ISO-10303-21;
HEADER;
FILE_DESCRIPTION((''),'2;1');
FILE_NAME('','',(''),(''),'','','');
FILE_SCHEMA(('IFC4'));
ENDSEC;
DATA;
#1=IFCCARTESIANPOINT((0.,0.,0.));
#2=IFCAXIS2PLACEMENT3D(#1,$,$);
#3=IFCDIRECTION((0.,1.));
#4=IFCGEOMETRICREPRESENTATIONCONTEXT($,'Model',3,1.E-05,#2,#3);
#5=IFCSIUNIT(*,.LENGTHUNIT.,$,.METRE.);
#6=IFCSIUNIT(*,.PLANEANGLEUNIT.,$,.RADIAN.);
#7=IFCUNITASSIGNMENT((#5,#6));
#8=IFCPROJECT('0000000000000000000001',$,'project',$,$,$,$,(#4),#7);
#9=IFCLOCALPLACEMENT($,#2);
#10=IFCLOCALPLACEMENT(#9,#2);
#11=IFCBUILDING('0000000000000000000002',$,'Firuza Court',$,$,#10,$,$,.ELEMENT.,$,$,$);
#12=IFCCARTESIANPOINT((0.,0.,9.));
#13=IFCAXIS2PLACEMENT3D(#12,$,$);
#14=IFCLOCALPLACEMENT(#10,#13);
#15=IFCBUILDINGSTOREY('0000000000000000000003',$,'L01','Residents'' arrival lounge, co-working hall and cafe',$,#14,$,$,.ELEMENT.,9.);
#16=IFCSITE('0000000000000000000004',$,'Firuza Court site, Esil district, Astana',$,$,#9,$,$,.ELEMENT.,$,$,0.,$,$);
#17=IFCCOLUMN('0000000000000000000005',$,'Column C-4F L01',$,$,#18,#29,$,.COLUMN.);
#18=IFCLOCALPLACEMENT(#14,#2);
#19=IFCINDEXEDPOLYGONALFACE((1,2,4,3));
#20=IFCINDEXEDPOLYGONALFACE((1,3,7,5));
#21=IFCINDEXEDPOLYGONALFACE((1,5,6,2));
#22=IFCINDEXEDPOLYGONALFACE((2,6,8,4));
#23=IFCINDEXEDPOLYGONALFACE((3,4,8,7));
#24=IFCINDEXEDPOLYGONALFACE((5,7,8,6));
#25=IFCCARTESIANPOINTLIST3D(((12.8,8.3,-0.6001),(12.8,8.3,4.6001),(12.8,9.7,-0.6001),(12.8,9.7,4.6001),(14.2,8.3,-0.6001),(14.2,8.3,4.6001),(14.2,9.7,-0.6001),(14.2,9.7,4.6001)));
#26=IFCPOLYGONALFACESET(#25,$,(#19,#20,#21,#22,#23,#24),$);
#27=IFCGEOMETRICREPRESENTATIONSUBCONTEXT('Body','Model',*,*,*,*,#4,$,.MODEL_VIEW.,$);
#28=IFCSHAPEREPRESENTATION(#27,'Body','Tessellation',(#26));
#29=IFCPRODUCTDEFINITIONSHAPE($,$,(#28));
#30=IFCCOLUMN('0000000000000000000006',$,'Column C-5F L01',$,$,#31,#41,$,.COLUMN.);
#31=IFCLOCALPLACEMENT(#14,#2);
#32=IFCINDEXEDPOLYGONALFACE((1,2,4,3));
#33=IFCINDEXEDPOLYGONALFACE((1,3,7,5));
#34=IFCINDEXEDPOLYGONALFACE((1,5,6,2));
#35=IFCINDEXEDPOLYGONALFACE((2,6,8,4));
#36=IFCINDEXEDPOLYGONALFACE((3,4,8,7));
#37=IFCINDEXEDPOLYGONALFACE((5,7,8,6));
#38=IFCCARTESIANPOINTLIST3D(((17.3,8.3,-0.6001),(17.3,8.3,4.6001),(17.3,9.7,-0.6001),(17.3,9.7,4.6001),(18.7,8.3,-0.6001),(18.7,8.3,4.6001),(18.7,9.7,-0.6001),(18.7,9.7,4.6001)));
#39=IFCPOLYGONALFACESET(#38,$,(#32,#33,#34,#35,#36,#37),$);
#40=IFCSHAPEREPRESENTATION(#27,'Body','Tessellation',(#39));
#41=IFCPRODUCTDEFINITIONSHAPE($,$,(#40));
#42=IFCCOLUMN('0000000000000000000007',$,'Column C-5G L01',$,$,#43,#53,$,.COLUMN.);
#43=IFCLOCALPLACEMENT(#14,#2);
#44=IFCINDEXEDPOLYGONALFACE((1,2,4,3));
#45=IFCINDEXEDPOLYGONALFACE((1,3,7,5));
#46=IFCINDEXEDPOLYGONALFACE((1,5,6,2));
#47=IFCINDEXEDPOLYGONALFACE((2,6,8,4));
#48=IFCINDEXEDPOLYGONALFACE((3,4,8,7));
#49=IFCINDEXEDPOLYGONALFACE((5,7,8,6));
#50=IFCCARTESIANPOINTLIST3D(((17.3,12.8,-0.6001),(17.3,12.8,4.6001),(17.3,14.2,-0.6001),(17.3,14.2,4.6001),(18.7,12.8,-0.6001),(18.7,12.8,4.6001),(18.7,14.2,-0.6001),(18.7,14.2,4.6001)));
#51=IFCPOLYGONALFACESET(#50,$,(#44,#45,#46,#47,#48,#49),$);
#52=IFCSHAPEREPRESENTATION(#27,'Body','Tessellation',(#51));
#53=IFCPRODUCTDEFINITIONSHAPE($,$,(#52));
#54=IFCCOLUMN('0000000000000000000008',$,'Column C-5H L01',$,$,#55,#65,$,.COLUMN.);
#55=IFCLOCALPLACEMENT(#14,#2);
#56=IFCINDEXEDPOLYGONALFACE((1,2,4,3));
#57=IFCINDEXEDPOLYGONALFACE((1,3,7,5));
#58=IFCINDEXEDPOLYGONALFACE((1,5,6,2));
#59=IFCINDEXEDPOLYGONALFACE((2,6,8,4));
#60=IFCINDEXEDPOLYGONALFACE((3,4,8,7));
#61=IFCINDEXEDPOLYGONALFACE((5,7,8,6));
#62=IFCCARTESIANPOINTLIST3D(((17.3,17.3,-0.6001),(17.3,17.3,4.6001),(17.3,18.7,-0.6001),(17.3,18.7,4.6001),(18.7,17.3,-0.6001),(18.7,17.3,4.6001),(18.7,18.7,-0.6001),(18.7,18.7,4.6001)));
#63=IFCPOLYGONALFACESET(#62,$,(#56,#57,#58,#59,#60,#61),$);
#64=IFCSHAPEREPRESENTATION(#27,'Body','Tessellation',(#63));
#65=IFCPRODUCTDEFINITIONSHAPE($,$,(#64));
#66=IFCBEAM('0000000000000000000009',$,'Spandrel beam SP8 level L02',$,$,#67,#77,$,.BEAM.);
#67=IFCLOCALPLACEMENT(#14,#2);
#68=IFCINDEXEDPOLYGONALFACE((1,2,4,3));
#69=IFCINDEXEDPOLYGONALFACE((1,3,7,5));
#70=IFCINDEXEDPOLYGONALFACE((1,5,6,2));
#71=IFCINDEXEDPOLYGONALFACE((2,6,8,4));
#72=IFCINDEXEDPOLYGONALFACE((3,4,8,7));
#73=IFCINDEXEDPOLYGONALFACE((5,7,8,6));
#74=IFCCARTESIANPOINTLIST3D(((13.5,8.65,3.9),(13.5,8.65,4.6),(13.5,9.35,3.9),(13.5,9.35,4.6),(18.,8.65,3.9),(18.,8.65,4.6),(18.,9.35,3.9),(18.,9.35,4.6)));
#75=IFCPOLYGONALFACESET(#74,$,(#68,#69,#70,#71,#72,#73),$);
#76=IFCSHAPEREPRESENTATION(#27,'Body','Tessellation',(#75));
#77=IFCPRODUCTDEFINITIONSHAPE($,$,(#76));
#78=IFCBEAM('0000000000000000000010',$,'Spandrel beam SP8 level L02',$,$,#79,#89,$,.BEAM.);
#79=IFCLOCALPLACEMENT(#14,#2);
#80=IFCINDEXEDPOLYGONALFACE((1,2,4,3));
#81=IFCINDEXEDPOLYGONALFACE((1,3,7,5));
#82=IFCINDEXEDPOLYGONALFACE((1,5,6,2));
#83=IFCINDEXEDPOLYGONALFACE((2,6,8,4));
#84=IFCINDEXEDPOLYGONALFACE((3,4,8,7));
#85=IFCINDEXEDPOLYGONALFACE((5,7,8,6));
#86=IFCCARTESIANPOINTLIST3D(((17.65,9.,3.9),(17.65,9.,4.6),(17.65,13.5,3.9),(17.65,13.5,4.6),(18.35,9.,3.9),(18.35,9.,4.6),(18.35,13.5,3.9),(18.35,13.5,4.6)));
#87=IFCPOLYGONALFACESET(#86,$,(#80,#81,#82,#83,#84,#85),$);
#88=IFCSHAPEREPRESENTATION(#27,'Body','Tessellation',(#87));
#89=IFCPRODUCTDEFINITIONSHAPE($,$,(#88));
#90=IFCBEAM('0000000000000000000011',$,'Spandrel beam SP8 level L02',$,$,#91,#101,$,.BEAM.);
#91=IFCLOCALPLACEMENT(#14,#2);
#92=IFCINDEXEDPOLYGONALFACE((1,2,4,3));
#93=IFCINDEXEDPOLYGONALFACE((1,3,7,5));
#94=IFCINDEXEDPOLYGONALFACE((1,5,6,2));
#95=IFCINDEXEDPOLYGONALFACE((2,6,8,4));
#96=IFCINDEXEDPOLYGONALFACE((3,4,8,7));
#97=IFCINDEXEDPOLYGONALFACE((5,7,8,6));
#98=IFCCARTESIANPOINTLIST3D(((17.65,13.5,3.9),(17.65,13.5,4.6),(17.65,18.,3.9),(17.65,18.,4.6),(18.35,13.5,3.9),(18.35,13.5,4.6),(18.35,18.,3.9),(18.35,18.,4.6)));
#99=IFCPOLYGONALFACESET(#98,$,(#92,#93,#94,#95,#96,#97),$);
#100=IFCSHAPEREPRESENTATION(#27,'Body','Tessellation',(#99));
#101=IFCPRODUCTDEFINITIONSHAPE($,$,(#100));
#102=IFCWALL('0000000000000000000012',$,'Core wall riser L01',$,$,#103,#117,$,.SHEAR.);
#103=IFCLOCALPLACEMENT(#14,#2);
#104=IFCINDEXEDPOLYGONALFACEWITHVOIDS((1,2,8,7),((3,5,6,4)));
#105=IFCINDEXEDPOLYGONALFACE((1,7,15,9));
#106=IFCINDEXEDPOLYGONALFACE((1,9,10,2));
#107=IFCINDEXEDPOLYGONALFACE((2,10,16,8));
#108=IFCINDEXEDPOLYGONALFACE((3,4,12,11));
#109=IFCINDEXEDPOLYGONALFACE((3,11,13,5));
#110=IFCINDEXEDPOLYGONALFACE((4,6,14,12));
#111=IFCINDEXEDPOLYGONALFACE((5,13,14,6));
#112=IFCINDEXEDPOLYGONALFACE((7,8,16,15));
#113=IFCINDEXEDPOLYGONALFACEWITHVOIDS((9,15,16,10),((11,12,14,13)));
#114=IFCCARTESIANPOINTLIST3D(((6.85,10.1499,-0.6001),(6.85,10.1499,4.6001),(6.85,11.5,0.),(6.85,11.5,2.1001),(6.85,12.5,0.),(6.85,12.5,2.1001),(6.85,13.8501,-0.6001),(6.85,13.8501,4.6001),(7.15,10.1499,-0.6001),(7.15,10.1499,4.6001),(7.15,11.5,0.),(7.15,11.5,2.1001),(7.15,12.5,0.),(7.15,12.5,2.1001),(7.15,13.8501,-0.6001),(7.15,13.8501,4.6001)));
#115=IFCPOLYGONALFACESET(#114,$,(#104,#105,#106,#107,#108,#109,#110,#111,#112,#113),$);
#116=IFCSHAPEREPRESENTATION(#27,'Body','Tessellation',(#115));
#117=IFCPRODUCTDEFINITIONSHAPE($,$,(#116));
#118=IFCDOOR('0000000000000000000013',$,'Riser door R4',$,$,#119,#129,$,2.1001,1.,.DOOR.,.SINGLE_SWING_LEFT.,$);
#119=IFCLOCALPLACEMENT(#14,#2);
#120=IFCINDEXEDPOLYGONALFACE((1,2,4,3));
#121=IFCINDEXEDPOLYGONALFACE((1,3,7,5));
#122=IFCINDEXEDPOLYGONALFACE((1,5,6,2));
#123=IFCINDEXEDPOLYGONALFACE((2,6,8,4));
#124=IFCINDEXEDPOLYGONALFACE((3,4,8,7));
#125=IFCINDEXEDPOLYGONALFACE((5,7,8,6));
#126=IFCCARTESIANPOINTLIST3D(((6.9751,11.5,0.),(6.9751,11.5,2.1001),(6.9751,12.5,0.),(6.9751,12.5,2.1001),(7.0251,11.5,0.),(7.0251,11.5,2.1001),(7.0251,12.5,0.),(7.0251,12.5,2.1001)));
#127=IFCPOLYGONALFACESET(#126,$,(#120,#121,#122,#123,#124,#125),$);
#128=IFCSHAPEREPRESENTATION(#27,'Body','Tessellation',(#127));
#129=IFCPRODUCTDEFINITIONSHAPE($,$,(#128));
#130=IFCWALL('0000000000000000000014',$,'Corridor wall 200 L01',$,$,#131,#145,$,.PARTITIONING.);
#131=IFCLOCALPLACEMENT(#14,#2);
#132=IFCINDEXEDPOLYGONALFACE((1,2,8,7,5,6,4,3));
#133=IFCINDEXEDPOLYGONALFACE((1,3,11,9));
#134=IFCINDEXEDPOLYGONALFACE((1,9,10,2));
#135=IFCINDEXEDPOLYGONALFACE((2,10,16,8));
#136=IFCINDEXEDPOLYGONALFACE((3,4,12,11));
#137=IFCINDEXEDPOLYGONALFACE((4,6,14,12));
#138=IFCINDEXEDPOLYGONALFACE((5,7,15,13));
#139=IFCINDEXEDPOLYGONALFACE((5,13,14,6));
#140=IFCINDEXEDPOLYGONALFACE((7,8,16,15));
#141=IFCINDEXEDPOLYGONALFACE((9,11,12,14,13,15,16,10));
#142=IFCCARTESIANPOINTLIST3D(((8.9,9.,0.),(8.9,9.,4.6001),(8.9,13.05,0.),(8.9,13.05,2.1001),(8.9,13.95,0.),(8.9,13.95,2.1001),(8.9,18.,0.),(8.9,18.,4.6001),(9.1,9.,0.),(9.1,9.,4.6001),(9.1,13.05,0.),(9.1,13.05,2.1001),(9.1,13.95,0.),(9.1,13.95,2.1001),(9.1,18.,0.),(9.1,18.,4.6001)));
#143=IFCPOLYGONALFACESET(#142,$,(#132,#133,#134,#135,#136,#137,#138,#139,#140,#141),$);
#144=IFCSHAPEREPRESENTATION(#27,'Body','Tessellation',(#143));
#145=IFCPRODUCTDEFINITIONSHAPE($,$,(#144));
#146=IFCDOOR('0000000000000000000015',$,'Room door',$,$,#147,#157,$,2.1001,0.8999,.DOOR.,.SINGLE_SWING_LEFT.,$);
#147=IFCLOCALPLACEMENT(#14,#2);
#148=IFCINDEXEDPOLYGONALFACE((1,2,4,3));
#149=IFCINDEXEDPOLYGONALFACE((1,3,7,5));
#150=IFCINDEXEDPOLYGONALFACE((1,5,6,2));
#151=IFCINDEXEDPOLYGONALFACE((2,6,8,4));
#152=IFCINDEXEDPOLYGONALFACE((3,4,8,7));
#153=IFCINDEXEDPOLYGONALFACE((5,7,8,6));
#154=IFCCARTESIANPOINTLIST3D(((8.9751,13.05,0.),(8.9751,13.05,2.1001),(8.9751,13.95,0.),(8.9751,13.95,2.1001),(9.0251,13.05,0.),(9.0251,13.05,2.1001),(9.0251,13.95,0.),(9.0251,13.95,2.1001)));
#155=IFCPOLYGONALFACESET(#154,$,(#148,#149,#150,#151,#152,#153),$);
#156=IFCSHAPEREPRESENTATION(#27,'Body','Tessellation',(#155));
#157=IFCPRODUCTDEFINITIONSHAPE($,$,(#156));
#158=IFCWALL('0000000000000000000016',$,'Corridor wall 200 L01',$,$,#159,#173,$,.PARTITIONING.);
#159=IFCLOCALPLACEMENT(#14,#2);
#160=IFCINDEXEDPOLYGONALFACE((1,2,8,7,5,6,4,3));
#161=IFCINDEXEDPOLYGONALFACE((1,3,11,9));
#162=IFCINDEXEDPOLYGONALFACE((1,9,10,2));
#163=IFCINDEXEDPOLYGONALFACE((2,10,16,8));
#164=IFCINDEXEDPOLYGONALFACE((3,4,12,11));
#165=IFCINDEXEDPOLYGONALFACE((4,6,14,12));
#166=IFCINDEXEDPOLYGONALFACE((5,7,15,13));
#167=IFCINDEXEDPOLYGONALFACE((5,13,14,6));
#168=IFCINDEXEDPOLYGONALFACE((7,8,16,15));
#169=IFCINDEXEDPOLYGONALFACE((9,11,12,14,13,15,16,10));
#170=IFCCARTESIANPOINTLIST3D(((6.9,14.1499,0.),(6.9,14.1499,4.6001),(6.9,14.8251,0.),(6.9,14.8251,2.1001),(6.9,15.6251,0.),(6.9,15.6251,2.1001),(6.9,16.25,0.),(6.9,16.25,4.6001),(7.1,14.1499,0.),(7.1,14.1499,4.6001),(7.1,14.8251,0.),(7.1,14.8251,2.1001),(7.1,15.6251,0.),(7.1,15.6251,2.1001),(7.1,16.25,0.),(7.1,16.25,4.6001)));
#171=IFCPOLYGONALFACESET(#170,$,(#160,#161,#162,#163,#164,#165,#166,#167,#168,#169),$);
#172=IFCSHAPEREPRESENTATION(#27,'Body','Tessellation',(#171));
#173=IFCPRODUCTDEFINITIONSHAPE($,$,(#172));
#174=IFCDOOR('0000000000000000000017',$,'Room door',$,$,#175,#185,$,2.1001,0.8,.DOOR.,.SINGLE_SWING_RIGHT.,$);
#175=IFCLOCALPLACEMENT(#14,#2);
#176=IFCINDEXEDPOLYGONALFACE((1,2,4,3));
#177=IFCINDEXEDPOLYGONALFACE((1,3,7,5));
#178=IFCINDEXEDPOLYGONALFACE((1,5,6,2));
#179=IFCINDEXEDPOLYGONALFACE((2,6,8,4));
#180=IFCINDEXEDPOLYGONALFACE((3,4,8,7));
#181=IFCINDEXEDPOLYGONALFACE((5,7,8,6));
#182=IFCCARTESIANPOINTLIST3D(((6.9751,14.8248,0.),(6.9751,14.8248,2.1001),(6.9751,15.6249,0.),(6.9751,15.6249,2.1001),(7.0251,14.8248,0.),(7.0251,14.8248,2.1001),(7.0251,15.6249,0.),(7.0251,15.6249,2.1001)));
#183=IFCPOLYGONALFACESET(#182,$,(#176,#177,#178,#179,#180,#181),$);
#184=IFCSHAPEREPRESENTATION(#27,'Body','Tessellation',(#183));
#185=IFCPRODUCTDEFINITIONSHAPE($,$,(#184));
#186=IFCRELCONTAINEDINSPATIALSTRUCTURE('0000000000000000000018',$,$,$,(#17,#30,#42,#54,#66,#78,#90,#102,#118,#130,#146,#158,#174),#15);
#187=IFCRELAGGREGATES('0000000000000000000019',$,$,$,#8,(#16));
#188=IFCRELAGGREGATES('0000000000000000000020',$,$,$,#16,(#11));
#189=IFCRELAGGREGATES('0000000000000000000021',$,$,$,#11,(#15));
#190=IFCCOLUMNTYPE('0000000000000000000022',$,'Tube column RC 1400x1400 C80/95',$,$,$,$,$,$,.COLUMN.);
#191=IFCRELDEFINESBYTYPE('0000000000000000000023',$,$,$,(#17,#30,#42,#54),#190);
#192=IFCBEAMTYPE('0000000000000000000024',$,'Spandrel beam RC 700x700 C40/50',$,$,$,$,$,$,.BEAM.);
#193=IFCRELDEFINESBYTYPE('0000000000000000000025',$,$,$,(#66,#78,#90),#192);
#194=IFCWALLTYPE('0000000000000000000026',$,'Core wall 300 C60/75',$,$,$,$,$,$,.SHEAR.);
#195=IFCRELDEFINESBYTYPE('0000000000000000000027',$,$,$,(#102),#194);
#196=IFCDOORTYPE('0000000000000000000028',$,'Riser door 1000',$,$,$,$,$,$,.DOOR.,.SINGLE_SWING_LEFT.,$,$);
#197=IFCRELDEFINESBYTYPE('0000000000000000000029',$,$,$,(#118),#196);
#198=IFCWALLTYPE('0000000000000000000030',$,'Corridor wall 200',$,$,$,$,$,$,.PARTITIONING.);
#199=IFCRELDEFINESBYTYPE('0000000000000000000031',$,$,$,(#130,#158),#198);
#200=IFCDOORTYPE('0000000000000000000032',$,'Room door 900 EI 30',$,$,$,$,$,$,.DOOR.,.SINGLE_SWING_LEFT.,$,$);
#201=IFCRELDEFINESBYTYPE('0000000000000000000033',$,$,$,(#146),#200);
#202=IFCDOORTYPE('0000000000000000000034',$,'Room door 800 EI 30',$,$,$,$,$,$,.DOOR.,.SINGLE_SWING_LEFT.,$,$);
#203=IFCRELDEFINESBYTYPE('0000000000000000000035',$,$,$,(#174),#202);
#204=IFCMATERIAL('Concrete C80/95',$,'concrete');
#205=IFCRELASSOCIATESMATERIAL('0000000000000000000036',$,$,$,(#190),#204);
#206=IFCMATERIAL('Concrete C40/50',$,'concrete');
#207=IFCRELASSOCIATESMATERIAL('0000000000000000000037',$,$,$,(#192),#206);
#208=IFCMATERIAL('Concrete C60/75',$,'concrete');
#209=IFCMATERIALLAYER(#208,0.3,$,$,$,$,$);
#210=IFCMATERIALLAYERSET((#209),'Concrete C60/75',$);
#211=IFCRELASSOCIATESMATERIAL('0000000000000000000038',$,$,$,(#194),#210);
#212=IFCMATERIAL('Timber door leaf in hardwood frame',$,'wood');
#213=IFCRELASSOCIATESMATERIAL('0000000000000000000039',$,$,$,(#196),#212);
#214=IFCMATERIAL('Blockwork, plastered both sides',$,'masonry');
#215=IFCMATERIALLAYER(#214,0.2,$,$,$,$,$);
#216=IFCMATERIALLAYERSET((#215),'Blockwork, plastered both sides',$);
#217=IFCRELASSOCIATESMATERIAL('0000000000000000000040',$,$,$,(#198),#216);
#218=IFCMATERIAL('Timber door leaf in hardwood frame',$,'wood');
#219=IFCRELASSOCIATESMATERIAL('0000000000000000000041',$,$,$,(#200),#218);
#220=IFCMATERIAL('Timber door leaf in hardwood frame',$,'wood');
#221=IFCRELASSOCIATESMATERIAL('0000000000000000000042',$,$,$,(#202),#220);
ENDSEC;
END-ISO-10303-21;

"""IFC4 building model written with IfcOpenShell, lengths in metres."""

from ifc_helpers import new_model, si_unit, direction, frame, frame_2d, origin, origin_2d, place, context, subcontext, project, spatial, rectangle, extrude, material, layer, layer_set, material_profile, profile_set, type_object, element, fill, save


model = new_model("IFC4")

# Units and contexts
model_context = context("Model", 3, precision=1e-05, world=origin(), true_north=direction((0.0, 1.0)))
body_context = subcontext(model_context, "Body", "Model", "MODEL_VIEW")
ifc_project = project(units=[si_unit("LENGTHUNIT", "METRE"), si_unit("PLANEANGLEUNIT", "RADIAN")], contexts=[model_context])

# Site, building, storey
site_placement = place(None, origin())
site = spatial("IfcSite", under=ifc_project, at=site_placement, Name="Firuza Court site, Esil district, Astana", CompositionType="ELEMENT", RefElevation=0.0)
building_placement = place(site_placement, origin())
building = spatial("IfcBuilding", under=site, at=building_placement, Name="Firuza Court", CompositionType="ELEMENT")
storey_placement = place(building_placement, frame((0.0, 0.0, 9.0)))
storey = spatial("IfcBuildingStorey", under=building, at=storey_placement, Name="L01", Description="Residents' arrival lounge, co-working hall and cafe", CompositionType="ELEMENT", Elevation=9.0)

# Columns
ifc_material_1 = material(Name="Concrete C80/95", Category="concrete")
ifc_material_profile_1 = material_profile(ifc_material_1, rectangle(XDim=1.3999, YDim=1.3999, at=origin_2d()), Name="RC 1400x1400")
ifc_profile_set_1 = profile_set([ifc_material_profile_1], Name="Concrete C80/95")
column_type = type_object("IfcColumnType", Name="Tube column RC 1400x1400 C80/95", PredefinedType="COLUMN", material=ifc_profile_set_1)
for number, where, z_axis, x_axis, name in (
    (1, (13.5, 9.0, -0.6001), (0.0, 0.0, 1.0), (1.0, 0.0, 0.0), "Column C-4F L01"),
    (2, (18.0, 9.0, -0.6001), (0.0, 0.0, 1.0), (1.0, 0.0, 0.0), "Column C-5F L01"),
    (3, (18.0, 13.5, -0.6001), (0.0, 0.0, 1.0), (1.0, 0.0, 0.0), "Column C-5G L01"),
    (4, (18.0, 18.0, -0.6001), (0.0, 0.0, 1.0), (1.0, 0.0, 0.0), "Column C-5H L01"),
):
    element("IfcColumn", number, at=place(storey_placement, frame(where, z_axis=z_axis, x_axis=x_axis)), inside=storey, type_object=column_type, Name=name, PredefinedType="COLUMN", context=body_context, shape_type="SweptSolid", body=[
        extrude(rectangle(XDim=1.3999, YDim=1.3999, at=origin_2d()), origin(), (0.0, 0.0, 1.0), 5.2002),
    ])

# Beams
ifc_material_2 = material(Name="Concrete C40/50", Category="concrete")
ifc_material_profile_2 = material_profile(ifc_material_2, rectangle(XDim=0.7, YDim=0.7, at=origin_2d()), Name="RC 700x700")
ifc_profile_set_2 = profile_set([ifc_material_profile_2], Name="Concrete C40/50")
beam_type = type_object("IfcBeamType", Name="Spandrel beam RC 700x700 C40/50", PredefinedType="BEAM", material=ifc_profile_set_2)
for number, where, z_axis, x_axis, name in (
    (5, (13.5, 9.0, 4.25), (1.0, 0.0, 0.0), (0.0, 1.0, 0.0), "Spandrel beam SP8 level L02"),
    (6, (18.0, 9.0, 4.25), (0.0, 1.0, 0.0), (-1.0, 0.0, 0.0), "Spandrel beam SP8 level L02"),
    (7, (18.0, 13.5, 4.25), (0.0, 1.0, 0.0), (-1.0, 0.0, 0.0), "Spandrel beam SP8 level L02"),
):
    element("IfcBeam", number, at=place(storey_placement, frame(where, z_axis=z_axis, x_axis=x_axis)), inside=storey, type_object=beam_type, Name=name, PredefinedType="BEAM", context=body_context, shape_type="SweptSolid", body=[
        extrude(rectangle(XDim=0.7, YDim=0.7, at=origin_2d()), origin(), (0.0, 0.0, 1.0), 4.5),
    ])

# Walls, openings, doors
ifc_material_3 = material(Name="Concrete C60/75", Category="concrete")
ifc_layer_1 = layer(ifc_material_3, 0.3)
ifc_layer_set_1 = layer_set([ifc_layer_1], Name="Concrete C60/75")
wall_type_1 = type_object("IfcWallType", Name="Core wall 300 C60/75", PredefinedType="SHEAR", material=ifc_layer_set_1)
wall_1_placement = place(storey_placement, frame((7.0, 10.1499, -0.6001), z_axis=(0.0, 0.0, 1.0), x_axis=(0.0, 1.0, 0.0)))
wall_1 = element("IfcWall", 8, at=wall_1_placement, inside=storey, type_object=wall_type_1, Name="Core wall riser L01", PredefinedType="SHEAR", context=body_context, shape_type="SweptSolid", body=[
    extrude(rectangle(XDim=3.7002, YDim=0.3, at=frame_2d((1.8501, 0.0))), origin(), (0.0, 0.0, 1.0), 5.2002),
])
opening_1_placement = place(wall_1_placement, frame((1.3501, 0.0, 0.6001)))
opening_1 = element("IfcOpeningElement", 9, at=opening_1_placement, cuts=wall_1, PredefinedType="OPENING", context=body_context, shape_type="SweptSolid", body=[
    extrude(rectangle(XDim=1.0, YDim=2.1001, at=frame_2d((0.5, 1.05))), frame((0.0, 0.1621, 0.0), z_axis=(0.0, -1.0, 0.0), x_axis=(1.0, 0.0, 0.0)), (0.0, 0.0, 1.0), 0.324),
])
ifc_material_4 = material(Name="Timber door leaf in hardwood frame", Category="wood")
door_type_1 = type_object("IfcDoorType", Name="Riser door 1000", OperationType="SINGLE_SWING_LEFT", PredefinedType="DOOR", material=ifc_material_4)
door_1_placement = place(opening_1_placement, origin())
door_1 = element("IfcDoor", 10, at=door_1_placement, inside=storey, type_object=door_type_1, Name="Riser door R4", OperationType="SINGLE_SWING_LEFT", OverallHeight=2.1001, OverallWidth=1.0, PredefinedType="DOOR", context=body_context, shape_type="SweptSolid", body=[
    extrude(rectangle(XDim=1.0, YDim=2.1001, at=frame_2d((0.5, 1.05))), frame((0.0, 0.0249, 0.0), z_axis=(0.0, -1.0, 0.0), x_axis=(1.0, 0.0, 0.0)), (0.0, 0.0, 1.0), 0.05),
])
fill(opening_1, door_1)
ifc_material_5 = material(Name="Blockwork, plastered both sides", Category="masonry")
ifc_layer_2 = layer(ifc_material_5, 0.2)
ifc_layer_set_2 = layer_set([ifc_layer_2], Name="Blockwork, plastered both sides")
wall_type_2 = type_object("IfcWallType", Name="Corridor wall 200", PredefinedType="PARTITIONING", material=ifc_layer_set_2)
wall_2_placement = place(storey_placement, frame((9.0, 9.0, 0.0), z_axis=(0.0, 0.0, 1.0), x_axis=(0.0, 1.0, 0.0)))
wall_2 = element("IfcWall", 11, at=wall_2_placement, inside=storey, type_object=wall_type_2, Name="Corridor wall 200 L01", PredefinedType="PARTITIONING", context=body_context, shape_type="SweptSolid", body=[
    extrude(rectangle(XDim=9.0, YDim=0.2, at=frame_2d((4.5, 0.0))), origin(), (0.0, 0.0, 1.0), 4.6001),
])
opening_2_placement = place(wall_2_placement, frame((4.05, 0.0, 0.0)))
opening_2 = element("IfcOpeningElement", 12, at=opening_2_placement, cuts=wall_2, PredefinedType="OPENING", context=body_context, shape_type="SweptSolid", body=[
    extrude(rectangle(XDim=0.8999, YDim=2.1001, at=frame_2d((0.45, 1.05))), frame((0.0, 0.1118, 0.0), z_axis=(0.0, -1.0, 0.0), x_axis=(1.0, 0.0, 0.0)), (0.0, 0.0, 1.0), 0.2239),
])
ifc_material_6 = material(Name="Timber door leaf in hardwood frame", Category="wood")
door_type_2 = type_object("IfcDoorType", Name="Room door 900 EI 30", OperationType="SINGLE_SWING_LEFT", PredefinedType="DOOR", material=ifc_material_6)
door_2_placement = place(opening_2_placement, origin())
door_2 = element("IfcDoor", 13, at=door_2_placement, inside=storey, type_object=door_type_2, Name="Room door", OperationType="SINGLE_SWING_LEFT", OverallHeight=2.1001, OverallWidth=0.8999, PredefinedType="DOOR", context=body_context, shape_type="SweptSolid", body=[
    extrude(rectangle(XDim=0.8999, YDim=2.1001, at=frame_2d((0.45, 1.05))), frame((0.0, 0.0249, 0.0), z_axis=(0.0, -1.0, 0.0), x_axis=(1.0, 0.0, 0.0)), (0.0, 0.0, 1.0), 0.05),
])
fill(opening_2, door_2)
wall_3_placement = place(storey_placement, frame((7.0, 16.25, 0.0), z_axis=(0.0, 0.0, 1.0), x_axis=(0.0, -1.0, 0.0)))
wall_3 = element("IfcWall", 14, at=wall_3_placement, inside=storey, type_object=wall_type_2, Name="Corridor wall 200 L01", PredefinedType="PARTITIONING", context=body_context, shape_type="SweptSolid", body=[
    extrude(rectangle(XDim=2.1001, YDim=0.2, at=frame_2d((1.05, 0.0))), origin(), (0.0, 0.0, 1.0), 4.6001),
])
opening_3_placement = place(wall_3_placement, frame((0.625, 0.0, 0.0)))
opening_3 = element("IfcOpeningElement", 15, at=opening_3_placement, cuts=wall_3, PredefinedType="OPENING", context=body_context, shape_type="SweptSolid", body=[
    extrude(rectangle(XDim=0.8, YDim=2.1001, at=frame_2d((0.3999, 1.05))), frame((0.0, 0.1118, 0.0), z_axis=(0.0, -1.0, 0.0), x_axis=(1.0, 0.0, 0.0)), (0.0, 0.0, 1.0), 0.2239),
])
ifc_material_7 = material(Name="Timber door leaf in hardwood frame", Category="wood")
door_type_3 = type_object("IfcDoorType", Name="Room door 800 EI 30", OperationType="SINGLE_SWING_LEFT", PredefinedType="DOOR", material=ifc_material_7)
door_3_placement = place(opening_3_placement, frame((0.8, 0.0, 0.0), z_axis=(0.0, 0.0, 1.0), x_axis=(-1.0, 0.0, 0.0)))
door_3 = element("IfcDoor", 16, at=door_3_placement, inside=storey, type_object=door_type_3, Name="Room door", OperationType="SINGLE_SWING_RIGHT", OverallHeight=2.1001, OverallWidth=0.8, PredefinedType="DOOR", context=body_context, shape_type="SweptSolid", body=[
    extrude(rectangle(XDim=0.8, YDim=2.1001, at=frame_2d((0.3999, 1.05))), frame((0.0, 0.0249, 0.0), z_axis=(0.0, -1.0, 0.0), x_axis=(1.0, 0.0, 0.0)), (0.0, 0.0, 1.0), 0.05),
])
fill(opening_3, door_3)

save(model, "model.ifc")
